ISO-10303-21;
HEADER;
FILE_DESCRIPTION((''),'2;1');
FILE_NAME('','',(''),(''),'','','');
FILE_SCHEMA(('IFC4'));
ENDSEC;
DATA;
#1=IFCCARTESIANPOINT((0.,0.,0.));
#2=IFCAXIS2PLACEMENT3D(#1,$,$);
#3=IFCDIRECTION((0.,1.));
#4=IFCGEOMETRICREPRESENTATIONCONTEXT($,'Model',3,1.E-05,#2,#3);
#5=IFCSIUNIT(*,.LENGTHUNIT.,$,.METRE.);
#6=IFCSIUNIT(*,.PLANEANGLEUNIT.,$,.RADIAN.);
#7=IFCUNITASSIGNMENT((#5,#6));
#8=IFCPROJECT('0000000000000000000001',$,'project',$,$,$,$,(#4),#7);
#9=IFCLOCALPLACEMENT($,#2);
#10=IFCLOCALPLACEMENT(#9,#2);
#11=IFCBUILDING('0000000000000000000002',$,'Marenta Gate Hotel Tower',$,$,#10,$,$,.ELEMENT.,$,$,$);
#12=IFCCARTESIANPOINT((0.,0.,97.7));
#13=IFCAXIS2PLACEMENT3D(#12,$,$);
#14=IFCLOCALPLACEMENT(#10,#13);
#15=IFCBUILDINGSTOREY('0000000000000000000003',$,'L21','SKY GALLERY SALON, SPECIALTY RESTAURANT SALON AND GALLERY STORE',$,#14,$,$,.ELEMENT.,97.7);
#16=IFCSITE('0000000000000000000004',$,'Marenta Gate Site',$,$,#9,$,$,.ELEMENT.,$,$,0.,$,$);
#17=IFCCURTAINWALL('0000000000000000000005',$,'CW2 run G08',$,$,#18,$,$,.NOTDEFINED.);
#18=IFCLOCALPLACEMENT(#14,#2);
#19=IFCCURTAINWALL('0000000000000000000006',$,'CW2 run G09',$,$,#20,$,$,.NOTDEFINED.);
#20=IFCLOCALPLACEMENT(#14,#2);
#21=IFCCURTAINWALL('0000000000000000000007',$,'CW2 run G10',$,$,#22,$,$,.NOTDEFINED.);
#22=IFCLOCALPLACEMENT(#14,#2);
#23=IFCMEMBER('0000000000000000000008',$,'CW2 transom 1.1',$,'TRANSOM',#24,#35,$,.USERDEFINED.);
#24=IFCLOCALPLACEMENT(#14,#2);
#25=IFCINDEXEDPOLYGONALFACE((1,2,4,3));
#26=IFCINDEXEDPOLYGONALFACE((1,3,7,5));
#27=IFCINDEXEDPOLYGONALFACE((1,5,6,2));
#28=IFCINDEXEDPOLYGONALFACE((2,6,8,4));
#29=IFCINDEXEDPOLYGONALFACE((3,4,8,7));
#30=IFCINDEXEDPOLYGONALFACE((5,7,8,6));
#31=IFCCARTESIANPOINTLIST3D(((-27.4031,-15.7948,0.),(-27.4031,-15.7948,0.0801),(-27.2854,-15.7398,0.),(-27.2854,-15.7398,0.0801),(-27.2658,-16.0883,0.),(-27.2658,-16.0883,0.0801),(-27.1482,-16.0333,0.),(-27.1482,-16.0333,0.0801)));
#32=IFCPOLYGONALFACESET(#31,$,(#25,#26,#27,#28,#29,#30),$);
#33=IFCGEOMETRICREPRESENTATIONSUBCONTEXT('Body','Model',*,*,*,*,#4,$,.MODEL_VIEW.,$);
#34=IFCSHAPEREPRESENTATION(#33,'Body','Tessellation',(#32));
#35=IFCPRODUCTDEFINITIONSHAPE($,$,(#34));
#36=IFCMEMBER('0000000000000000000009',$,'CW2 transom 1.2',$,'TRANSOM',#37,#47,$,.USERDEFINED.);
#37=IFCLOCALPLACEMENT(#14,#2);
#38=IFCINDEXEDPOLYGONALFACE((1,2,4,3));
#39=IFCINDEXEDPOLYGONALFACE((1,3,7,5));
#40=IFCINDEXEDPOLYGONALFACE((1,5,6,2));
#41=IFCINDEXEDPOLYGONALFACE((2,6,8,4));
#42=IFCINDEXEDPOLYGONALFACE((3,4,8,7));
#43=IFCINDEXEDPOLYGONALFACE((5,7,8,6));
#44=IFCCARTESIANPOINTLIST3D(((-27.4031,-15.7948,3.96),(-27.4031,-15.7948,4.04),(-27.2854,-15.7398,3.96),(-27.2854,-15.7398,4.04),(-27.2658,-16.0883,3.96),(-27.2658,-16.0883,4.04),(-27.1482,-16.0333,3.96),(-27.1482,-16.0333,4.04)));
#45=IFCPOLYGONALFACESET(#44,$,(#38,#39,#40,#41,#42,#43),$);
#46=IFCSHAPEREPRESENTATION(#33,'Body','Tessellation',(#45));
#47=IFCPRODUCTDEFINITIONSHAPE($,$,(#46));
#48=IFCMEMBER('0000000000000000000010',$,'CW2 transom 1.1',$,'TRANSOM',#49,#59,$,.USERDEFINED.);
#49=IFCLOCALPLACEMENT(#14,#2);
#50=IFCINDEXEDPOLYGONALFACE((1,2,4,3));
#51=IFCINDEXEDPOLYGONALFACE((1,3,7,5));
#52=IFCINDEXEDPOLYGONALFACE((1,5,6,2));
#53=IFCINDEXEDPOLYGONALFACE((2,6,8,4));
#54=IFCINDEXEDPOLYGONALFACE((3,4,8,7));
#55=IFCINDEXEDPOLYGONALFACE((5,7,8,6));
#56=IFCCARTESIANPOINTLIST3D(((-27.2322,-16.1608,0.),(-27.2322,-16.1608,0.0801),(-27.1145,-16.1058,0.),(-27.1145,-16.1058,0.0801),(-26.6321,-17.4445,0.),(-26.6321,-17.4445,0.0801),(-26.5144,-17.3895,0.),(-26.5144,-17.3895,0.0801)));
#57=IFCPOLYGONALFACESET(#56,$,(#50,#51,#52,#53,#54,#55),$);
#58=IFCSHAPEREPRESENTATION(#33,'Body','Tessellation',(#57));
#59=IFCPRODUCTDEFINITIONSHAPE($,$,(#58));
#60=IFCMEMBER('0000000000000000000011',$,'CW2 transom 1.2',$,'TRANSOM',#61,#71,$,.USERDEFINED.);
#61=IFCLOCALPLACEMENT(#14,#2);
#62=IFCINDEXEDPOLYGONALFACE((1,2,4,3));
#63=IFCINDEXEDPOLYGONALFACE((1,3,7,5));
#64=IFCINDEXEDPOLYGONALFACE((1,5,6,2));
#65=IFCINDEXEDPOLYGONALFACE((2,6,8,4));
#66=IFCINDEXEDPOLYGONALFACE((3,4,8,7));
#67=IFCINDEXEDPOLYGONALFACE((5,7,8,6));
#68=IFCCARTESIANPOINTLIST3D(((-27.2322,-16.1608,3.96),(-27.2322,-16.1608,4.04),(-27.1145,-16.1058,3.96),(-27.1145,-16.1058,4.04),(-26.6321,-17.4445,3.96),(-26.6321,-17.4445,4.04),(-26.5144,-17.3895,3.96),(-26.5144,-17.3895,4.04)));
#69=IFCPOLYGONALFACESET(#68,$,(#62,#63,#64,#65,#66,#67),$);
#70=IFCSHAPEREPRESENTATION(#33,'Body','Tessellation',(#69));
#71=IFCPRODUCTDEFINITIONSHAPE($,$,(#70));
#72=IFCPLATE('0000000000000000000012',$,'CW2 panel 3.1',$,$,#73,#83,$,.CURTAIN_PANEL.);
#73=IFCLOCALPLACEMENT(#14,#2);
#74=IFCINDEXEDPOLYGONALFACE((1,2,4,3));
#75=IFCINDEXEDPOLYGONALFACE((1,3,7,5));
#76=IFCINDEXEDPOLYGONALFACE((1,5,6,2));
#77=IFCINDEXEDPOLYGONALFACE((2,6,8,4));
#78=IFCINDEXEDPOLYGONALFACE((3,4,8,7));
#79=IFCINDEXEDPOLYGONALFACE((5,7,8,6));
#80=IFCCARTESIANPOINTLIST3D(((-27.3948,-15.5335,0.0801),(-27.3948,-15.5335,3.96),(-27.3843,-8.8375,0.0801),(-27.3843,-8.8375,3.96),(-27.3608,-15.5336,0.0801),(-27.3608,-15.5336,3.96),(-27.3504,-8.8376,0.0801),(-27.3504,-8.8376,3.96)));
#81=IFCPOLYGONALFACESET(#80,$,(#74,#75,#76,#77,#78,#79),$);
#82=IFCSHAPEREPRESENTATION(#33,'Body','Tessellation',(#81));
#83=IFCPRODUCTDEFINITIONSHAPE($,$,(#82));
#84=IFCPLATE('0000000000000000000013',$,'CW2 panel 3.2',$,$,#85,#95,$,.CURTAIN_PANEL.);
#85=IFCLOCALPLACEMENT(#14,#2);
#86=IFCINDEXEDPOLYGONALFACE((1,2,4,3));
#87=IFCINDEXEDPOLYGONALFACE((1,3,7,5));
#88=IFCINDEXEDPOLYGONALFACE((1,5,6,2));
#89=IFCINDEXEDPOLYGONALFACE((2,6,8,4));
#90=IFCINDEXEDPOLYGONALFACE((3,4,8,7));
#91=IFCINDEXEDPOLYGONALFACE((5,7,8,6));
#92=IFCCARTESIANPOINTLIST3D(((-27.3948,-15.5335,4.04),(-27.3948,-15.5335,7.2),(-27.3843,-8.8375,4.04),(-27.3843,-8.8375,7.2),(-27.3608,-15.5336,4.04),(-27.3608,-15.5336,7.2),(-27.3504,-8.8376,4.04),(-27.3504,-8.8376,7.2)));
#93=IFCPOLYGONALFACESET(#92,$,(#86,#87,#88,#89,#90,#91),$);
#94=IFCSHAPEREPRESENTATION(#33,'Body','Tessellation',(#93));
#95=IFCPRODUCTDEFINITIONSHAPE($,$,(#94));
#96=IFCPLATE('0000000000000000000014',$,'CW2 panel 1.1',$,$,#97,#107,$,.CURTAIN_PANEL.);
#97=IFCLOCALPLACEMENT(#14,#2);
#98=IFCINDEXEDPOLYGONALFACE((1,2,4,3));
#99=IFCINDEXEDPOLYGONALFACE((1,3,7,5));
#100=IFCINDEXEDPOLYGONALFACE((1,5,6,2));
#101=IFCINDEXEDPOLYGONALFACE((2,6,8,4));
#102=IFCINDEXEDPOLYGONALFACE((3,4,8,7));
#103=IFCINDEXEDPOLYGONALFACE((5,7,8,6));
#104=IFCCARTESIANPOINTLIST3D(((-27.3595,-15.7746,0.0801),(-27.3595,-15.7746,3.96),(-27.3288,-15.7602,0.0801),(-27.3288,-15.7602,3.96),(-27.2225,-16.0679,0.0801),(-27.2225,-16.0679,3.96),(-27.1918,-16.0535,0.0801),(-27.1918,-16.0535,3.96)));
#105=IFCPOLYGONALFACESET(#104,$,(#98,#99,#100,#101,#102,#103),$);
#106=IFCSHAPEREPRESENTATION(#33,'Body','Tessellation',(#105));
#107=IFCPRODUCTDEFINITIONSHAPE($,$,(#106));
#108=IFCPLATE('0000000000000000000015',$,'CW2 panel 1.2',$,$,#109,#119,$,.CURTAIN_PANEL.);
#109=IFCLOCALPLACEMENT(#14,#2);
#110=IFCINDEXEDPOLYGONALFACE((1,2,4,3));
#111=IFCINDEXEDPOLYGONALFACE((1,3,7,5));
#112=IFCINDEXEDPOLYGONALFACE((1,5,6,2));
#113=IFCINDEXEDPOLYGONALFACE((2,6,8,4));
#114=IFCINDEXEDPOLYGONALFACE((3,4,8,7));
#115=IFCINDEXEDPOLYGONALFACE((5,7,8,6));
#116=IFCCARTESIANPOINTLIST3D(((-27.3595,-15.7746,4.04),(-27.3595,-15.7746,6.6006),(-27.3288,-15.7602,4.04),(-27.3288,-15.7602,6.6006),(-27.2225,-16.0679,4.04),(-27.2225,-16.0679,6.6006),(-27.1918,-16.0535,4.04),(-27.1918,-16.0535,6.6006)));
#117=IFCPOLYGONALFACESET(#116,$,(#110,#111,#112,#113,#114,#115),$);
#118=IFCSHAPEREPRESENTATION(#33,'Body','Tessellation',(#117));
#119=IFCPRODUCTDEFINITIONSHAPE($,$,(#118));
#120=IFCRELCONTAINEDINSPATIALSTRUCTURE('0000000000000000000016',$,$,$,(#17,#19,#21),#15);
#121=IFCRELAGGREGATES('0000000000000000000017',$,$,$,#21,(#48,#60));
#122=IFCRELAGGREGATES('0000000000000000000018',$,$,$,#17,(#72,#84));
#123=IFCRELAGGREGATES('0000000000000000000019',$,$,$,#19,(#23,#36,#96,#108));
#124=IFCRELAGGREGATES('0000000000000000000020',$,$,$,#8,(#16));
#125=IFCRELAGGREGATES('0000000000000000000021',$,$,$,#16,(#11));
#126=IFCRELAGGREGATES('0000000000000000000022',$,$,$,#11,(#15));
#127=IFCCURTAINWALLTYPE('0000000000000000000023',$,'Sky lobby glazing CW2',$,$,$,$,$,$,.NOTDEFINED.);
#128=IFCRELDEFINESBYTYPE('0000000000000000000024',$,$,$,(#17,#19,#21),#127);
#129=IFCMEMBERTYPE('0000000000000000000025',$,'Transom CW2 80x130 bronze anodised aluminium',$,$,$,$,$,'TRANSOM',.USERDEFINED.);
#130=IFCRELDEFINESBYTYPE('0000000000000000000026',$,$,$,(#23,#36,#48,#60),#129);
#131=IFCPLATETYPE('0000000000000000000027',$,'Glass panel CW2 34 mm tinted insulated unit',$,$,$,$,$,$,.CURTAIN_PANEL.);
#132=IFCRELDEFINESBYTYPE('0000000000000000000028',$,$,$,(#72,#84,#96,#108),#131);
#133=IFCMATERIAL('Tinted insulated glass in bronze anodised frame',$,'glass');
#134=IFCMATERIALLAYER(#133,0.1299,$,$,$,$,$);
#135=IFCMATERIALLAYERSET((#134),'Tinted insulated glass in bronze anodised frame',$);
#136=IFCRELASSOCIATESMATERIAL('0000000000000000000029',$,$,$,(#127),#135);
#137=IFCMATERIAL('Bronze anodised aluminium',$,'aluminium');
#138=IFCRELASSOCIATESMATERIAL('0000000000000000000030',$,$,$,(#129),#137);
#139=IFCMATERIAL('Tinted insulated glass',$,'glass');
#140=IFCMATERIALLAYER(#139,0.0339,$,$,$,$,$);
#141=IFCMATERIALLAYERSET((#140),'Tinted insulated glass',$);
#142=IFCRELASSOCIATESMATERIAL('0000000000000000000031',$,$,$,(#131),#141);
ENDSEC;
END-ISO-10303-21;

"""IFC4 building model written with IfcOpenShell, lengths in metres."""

from ifc_helpers import new_model, si_unit, direction, frame, origin, origin_2d, place, context, subcontext, project, spatial, rectangle, extrude, material, layer, layer_set, material_profile, profile_set, type_object, element, aggregate, save


model = new_model("IFC4")

# Units and contexts
model_context = context("Model", 3, precision=1e-05, world=origin(), true_north=direction((0.0, 1.0)))
body_context = subcontext(model_context, "Body", "Model", "MODEL_VIEW")
ifc_project = project(units=[si_unit("LENGTHUNIT", "METRE"), si_unit("PLANEANGLEUNIT", "RADIAN")], contexts=[model_context])

# Site, building, storey
site_placement = place(None, origin())
site = spatial("IfcSite", under=ifc_project, at=site_placement, Name="Marenta Gate Site", CompositionType="ELEMENT", RefElevation=0.0)
building_placement = place(site_placement, origin())
building = spatial("IfcBuilding", under=site, at=building_placement, Name="Marenta Gate Hotel Tower", CompositionType="ELEMENT")
storey_placement = place(building_placement, frame((0.0, 0.0, 97.7)))
storey = spatial("IfcBuildingStorey", under=building, at=storey_placement, Name="L21", Description="SKY GALLERY SALON, SPECIALTY RESTAURANT SALON AND GALLERY STORE", CompositionType="ELEMENT", Elevation=97.7)

# Curtain wall
ifc_material_1 = material(Name="Tinted insulated glass in bronze anodised frame", Category="glass")
ifc_layer_1 = layer(ifc_material_1, 0.1299)
ifc_layer_set_1 = layer_set([ifc_layer_1], Name="Tinted insulated glass in bronze anodised frame")
curtain_wall_type = type_object("IfcCurtainWallType", Name="Sky lobby glazing CW2", PredefinedType="NOTDEFINED", material=ifc_layer_set_1)
curtain_wall_1_placement = place(storey_placement, origin())
curtain_wall_1 = element("IfcCurtainWall", 1, at=curtain_wall_1_placement, inside=storey, type_object=curtain_wall_type, Name="CW2 run G08", PredefinedType="NOTDEFINED")

# Curtain walls
curtain_wall_2_placement = place(storey_placement, origin())
curtain_wall_2 = element("IfcCurtainWall", 2, at=curtain_wall_2_placement, inside=storey, type_object=curtain_wall_type, Name="CW2 run G09", PredefinedType="NOTDEFINED")
curtain_wall_3_placement = place(storey_placement, origin())
curtain_wall_3 = element("IfcCurtainWall", 3, at=curtain_wall_3_placement, inside=storey, type_object=curtain_wall_type, Name="CW2 run G10", PredefinedType="NOTDEFINED")

# Members
ifc_material_2 = material(Name="Bronze anodised aluminium", Category="aluminium")
ifc_material_profile_1 = material_profile(ifc_material_2, rectangle(XDim=0.1299, YDim=0.0801, at=origin_2d()), Name="Transom CW2 80x130 bronze anodised aluminium")
ifc_profile_set_1 = profile_set([ifc_material_profile_1], Name="Bronze anodised aluminium")
member_type_1 = type_object("IfcMemberType", Name="Transom CW2 80x130 bronze anodised aluminium", ElementType="TRANSOM", PredefinedType="USERDEFINED", material=ifc_profile_set_1)
member_1_placement = place(storey_placement, frame((-27.3442, -15.7673, 0.04), z_axis=(0.423545, -0.905875, 0.0), x_axis=(0.905875, 0.423545, 0.0)))
member_1 = element("IfcMember", 4, at=member_1_placement, type_object=member_type_1, Name="CW2 transom 1.1", ObjectType="TRANSOM", PredefinedType="USERDEFINED", context=body_context, shape_type="SweptSolid", body=[
    extrude(rectangle(XDim=0.1299, YDim=0.0801, at=origin_2d()), origin(), (0.0, 0.0, 1.0), 0.324),
])
member_2_placement = place(storey_placement, frame((-27.3442, -15.7673, 4.0), z_axis=(0.423545, -0.905875, 0.0), x_axis=(0.905875, 0.423545, 0.0)))
member_2 = element("IfcMember", 5, at=member_2_placement, type_object=member_type_1, Name="CW2 transom 1.2", ObjectType="TRANSOM", PredefinedType="USERDEFINED", context=body_context, shape_type="SweptSolid", body=[
    extrude(rectangle(XDim=0.1299, YDim=0.0801, at=origin_2d()), origin(), (0.0, 0.0, 1.0), 0.324),
])
member_3_placement = place(storey_placement, frame((-27.1733, -16.1333, 0.04), z_axis=(0.423489, -0.905901, 0.0), x_axis=(0.905901, 0.423489, 0.0)))
member_3 = element("IfcMember", 6, at=member_3_placement, type_object=member_type_1, Name="CW2 transom 1.1", ObjectType="TRANSOM", PredefinedType="USERDEFINED", context=body_context, shape_type="SweptSolid", body=[
    extrude(rectangle(XDim=0.1299, YDim=0.0801, at=origin_2d()), origin(), (0.0, 0.0, 1.0), 1.417),
])
member_4_placement = place(storey_placement, frame((-27.1733, -16.1333, 4.0), z_axis=(0.423489, -0.905901, 0.0), x_axis=(0.905901, 0.423489, 0.0)))
member_4 = element("IfcMember", 7, at=member_4_placement, type_object=member_type_1, Name="CW2 transom 1.2", ObjectType="TRANSOM", PredefinedType="USERDEFINED", context=body_context, shape_type="SweptSolid", body=[
    extrude(rectangle(XDim=0.1299, YDim=0.0801, at=origin_2d()), origin(), (0.0, 0.0, 1.0), 1.417),
])
aggregate(curtain_wall_3, [member_3, member_4])

# Plates
ifc_material_3 = material(Name="Tinted insulated glass", Category="glass")
ifc_layer_2 = layer(ifc_material_3, 0.0339)
ifc_layer_set_2 = layer_set([ifc_layer_2], Name="Tinted insulated glass")
plate_type = type_object("IfcPlateType", Name="Glass panel CW2 34 mm tinted insulated unit", PredefinedType="CURTAIN_PANEL", material=ifc_layer_set_2)
plate_1_placement = place(storey_placement, frame((-27.3726, -12.1855, 0.0801), z_axis=(0.0, 0.0, 1.0), x_axis=(-0.001565, -0.999999, 0.0)))
plate_1 = element("IfcPlate", 8, at=plate_1_placement, type_object=plate_type, Name="CW2 panel 3.1", PredefinedType="CURTAIN_PANEL", context=body_context, shape_type="SweptSolid", body=[
    extrude(rectangle(XDim=6.696, YDim=0.0339, at=origin_2d()), origin(), (0.0, 0.0, 1.0), 3.8799),
])
plate_2_placement = place(storey_placement, frame((-27.3726, -12.1855, 4.04), z_axis=(0.0, 0.0, 1.0), x_axis=(-0.001565, -0.999999, 0.0)))
plate_2 = element("IfcPlate", 9, at=plate_2_placement, type_object=plate_type, Name="CW2 panel 3.2", PredefinedType="CURTAIN_PANEL", context=body_context, shape_type="SweptSolid", body=[
    extrude(rectangle(XDim=6.696, YDim=0.0339, at=origin_2d()), origin(), (0.0, 0.0, 1.0), 3.1599),
])
aggregate(curtain_wall_1, [plate_1, plate_2])
plate_3_placement = place(storey_placement, frame((-27.2756, -15.9141, 0.0801), z_axis=(0.0, 0.0, 1.0), x_axis=(0.423184, -0.906044, 0.0)))
plate_3 = element("IfcPlate", 10, at=plate_3_placement, type_object=plate_type, Name="CW2 panel 1.1", PredefinedType="CURTAIN_PANEL", context=body_context, shape_type="SweptSolid", body=[
    extrude(rectangle(XDim=0.3237, YDim=0.0339, at=origin_2d()), origin(), (0.0, 0.0, 1.0), 3.8799),
])
plate_4_placement = place(storey_placement, frame((-27.2756, -15.9141, 4.04), z_axis=(0.0, 0.0, 1.0), x_axis=(0.423184, -0.906044, 0.0)))
plate_4 = element("IfcPlate", 11, at=plate_4_placement, type_object=plate_type, Name="CW2 panel 1.2", PredefinedType="CURTAIN_PANEL", context=body_context, shape_type="SweptSolid", body=[
    extrude(rectangle(XDim=0.3237, YDim=0.0339, at=origin_2d()), origin(), (0.0, 0.0, 1.0), 2.5605),
])
aggregate(curtain_wall_2, [member_1, member_2, plate_3, plate_4])

save(model, "model.ifc")
